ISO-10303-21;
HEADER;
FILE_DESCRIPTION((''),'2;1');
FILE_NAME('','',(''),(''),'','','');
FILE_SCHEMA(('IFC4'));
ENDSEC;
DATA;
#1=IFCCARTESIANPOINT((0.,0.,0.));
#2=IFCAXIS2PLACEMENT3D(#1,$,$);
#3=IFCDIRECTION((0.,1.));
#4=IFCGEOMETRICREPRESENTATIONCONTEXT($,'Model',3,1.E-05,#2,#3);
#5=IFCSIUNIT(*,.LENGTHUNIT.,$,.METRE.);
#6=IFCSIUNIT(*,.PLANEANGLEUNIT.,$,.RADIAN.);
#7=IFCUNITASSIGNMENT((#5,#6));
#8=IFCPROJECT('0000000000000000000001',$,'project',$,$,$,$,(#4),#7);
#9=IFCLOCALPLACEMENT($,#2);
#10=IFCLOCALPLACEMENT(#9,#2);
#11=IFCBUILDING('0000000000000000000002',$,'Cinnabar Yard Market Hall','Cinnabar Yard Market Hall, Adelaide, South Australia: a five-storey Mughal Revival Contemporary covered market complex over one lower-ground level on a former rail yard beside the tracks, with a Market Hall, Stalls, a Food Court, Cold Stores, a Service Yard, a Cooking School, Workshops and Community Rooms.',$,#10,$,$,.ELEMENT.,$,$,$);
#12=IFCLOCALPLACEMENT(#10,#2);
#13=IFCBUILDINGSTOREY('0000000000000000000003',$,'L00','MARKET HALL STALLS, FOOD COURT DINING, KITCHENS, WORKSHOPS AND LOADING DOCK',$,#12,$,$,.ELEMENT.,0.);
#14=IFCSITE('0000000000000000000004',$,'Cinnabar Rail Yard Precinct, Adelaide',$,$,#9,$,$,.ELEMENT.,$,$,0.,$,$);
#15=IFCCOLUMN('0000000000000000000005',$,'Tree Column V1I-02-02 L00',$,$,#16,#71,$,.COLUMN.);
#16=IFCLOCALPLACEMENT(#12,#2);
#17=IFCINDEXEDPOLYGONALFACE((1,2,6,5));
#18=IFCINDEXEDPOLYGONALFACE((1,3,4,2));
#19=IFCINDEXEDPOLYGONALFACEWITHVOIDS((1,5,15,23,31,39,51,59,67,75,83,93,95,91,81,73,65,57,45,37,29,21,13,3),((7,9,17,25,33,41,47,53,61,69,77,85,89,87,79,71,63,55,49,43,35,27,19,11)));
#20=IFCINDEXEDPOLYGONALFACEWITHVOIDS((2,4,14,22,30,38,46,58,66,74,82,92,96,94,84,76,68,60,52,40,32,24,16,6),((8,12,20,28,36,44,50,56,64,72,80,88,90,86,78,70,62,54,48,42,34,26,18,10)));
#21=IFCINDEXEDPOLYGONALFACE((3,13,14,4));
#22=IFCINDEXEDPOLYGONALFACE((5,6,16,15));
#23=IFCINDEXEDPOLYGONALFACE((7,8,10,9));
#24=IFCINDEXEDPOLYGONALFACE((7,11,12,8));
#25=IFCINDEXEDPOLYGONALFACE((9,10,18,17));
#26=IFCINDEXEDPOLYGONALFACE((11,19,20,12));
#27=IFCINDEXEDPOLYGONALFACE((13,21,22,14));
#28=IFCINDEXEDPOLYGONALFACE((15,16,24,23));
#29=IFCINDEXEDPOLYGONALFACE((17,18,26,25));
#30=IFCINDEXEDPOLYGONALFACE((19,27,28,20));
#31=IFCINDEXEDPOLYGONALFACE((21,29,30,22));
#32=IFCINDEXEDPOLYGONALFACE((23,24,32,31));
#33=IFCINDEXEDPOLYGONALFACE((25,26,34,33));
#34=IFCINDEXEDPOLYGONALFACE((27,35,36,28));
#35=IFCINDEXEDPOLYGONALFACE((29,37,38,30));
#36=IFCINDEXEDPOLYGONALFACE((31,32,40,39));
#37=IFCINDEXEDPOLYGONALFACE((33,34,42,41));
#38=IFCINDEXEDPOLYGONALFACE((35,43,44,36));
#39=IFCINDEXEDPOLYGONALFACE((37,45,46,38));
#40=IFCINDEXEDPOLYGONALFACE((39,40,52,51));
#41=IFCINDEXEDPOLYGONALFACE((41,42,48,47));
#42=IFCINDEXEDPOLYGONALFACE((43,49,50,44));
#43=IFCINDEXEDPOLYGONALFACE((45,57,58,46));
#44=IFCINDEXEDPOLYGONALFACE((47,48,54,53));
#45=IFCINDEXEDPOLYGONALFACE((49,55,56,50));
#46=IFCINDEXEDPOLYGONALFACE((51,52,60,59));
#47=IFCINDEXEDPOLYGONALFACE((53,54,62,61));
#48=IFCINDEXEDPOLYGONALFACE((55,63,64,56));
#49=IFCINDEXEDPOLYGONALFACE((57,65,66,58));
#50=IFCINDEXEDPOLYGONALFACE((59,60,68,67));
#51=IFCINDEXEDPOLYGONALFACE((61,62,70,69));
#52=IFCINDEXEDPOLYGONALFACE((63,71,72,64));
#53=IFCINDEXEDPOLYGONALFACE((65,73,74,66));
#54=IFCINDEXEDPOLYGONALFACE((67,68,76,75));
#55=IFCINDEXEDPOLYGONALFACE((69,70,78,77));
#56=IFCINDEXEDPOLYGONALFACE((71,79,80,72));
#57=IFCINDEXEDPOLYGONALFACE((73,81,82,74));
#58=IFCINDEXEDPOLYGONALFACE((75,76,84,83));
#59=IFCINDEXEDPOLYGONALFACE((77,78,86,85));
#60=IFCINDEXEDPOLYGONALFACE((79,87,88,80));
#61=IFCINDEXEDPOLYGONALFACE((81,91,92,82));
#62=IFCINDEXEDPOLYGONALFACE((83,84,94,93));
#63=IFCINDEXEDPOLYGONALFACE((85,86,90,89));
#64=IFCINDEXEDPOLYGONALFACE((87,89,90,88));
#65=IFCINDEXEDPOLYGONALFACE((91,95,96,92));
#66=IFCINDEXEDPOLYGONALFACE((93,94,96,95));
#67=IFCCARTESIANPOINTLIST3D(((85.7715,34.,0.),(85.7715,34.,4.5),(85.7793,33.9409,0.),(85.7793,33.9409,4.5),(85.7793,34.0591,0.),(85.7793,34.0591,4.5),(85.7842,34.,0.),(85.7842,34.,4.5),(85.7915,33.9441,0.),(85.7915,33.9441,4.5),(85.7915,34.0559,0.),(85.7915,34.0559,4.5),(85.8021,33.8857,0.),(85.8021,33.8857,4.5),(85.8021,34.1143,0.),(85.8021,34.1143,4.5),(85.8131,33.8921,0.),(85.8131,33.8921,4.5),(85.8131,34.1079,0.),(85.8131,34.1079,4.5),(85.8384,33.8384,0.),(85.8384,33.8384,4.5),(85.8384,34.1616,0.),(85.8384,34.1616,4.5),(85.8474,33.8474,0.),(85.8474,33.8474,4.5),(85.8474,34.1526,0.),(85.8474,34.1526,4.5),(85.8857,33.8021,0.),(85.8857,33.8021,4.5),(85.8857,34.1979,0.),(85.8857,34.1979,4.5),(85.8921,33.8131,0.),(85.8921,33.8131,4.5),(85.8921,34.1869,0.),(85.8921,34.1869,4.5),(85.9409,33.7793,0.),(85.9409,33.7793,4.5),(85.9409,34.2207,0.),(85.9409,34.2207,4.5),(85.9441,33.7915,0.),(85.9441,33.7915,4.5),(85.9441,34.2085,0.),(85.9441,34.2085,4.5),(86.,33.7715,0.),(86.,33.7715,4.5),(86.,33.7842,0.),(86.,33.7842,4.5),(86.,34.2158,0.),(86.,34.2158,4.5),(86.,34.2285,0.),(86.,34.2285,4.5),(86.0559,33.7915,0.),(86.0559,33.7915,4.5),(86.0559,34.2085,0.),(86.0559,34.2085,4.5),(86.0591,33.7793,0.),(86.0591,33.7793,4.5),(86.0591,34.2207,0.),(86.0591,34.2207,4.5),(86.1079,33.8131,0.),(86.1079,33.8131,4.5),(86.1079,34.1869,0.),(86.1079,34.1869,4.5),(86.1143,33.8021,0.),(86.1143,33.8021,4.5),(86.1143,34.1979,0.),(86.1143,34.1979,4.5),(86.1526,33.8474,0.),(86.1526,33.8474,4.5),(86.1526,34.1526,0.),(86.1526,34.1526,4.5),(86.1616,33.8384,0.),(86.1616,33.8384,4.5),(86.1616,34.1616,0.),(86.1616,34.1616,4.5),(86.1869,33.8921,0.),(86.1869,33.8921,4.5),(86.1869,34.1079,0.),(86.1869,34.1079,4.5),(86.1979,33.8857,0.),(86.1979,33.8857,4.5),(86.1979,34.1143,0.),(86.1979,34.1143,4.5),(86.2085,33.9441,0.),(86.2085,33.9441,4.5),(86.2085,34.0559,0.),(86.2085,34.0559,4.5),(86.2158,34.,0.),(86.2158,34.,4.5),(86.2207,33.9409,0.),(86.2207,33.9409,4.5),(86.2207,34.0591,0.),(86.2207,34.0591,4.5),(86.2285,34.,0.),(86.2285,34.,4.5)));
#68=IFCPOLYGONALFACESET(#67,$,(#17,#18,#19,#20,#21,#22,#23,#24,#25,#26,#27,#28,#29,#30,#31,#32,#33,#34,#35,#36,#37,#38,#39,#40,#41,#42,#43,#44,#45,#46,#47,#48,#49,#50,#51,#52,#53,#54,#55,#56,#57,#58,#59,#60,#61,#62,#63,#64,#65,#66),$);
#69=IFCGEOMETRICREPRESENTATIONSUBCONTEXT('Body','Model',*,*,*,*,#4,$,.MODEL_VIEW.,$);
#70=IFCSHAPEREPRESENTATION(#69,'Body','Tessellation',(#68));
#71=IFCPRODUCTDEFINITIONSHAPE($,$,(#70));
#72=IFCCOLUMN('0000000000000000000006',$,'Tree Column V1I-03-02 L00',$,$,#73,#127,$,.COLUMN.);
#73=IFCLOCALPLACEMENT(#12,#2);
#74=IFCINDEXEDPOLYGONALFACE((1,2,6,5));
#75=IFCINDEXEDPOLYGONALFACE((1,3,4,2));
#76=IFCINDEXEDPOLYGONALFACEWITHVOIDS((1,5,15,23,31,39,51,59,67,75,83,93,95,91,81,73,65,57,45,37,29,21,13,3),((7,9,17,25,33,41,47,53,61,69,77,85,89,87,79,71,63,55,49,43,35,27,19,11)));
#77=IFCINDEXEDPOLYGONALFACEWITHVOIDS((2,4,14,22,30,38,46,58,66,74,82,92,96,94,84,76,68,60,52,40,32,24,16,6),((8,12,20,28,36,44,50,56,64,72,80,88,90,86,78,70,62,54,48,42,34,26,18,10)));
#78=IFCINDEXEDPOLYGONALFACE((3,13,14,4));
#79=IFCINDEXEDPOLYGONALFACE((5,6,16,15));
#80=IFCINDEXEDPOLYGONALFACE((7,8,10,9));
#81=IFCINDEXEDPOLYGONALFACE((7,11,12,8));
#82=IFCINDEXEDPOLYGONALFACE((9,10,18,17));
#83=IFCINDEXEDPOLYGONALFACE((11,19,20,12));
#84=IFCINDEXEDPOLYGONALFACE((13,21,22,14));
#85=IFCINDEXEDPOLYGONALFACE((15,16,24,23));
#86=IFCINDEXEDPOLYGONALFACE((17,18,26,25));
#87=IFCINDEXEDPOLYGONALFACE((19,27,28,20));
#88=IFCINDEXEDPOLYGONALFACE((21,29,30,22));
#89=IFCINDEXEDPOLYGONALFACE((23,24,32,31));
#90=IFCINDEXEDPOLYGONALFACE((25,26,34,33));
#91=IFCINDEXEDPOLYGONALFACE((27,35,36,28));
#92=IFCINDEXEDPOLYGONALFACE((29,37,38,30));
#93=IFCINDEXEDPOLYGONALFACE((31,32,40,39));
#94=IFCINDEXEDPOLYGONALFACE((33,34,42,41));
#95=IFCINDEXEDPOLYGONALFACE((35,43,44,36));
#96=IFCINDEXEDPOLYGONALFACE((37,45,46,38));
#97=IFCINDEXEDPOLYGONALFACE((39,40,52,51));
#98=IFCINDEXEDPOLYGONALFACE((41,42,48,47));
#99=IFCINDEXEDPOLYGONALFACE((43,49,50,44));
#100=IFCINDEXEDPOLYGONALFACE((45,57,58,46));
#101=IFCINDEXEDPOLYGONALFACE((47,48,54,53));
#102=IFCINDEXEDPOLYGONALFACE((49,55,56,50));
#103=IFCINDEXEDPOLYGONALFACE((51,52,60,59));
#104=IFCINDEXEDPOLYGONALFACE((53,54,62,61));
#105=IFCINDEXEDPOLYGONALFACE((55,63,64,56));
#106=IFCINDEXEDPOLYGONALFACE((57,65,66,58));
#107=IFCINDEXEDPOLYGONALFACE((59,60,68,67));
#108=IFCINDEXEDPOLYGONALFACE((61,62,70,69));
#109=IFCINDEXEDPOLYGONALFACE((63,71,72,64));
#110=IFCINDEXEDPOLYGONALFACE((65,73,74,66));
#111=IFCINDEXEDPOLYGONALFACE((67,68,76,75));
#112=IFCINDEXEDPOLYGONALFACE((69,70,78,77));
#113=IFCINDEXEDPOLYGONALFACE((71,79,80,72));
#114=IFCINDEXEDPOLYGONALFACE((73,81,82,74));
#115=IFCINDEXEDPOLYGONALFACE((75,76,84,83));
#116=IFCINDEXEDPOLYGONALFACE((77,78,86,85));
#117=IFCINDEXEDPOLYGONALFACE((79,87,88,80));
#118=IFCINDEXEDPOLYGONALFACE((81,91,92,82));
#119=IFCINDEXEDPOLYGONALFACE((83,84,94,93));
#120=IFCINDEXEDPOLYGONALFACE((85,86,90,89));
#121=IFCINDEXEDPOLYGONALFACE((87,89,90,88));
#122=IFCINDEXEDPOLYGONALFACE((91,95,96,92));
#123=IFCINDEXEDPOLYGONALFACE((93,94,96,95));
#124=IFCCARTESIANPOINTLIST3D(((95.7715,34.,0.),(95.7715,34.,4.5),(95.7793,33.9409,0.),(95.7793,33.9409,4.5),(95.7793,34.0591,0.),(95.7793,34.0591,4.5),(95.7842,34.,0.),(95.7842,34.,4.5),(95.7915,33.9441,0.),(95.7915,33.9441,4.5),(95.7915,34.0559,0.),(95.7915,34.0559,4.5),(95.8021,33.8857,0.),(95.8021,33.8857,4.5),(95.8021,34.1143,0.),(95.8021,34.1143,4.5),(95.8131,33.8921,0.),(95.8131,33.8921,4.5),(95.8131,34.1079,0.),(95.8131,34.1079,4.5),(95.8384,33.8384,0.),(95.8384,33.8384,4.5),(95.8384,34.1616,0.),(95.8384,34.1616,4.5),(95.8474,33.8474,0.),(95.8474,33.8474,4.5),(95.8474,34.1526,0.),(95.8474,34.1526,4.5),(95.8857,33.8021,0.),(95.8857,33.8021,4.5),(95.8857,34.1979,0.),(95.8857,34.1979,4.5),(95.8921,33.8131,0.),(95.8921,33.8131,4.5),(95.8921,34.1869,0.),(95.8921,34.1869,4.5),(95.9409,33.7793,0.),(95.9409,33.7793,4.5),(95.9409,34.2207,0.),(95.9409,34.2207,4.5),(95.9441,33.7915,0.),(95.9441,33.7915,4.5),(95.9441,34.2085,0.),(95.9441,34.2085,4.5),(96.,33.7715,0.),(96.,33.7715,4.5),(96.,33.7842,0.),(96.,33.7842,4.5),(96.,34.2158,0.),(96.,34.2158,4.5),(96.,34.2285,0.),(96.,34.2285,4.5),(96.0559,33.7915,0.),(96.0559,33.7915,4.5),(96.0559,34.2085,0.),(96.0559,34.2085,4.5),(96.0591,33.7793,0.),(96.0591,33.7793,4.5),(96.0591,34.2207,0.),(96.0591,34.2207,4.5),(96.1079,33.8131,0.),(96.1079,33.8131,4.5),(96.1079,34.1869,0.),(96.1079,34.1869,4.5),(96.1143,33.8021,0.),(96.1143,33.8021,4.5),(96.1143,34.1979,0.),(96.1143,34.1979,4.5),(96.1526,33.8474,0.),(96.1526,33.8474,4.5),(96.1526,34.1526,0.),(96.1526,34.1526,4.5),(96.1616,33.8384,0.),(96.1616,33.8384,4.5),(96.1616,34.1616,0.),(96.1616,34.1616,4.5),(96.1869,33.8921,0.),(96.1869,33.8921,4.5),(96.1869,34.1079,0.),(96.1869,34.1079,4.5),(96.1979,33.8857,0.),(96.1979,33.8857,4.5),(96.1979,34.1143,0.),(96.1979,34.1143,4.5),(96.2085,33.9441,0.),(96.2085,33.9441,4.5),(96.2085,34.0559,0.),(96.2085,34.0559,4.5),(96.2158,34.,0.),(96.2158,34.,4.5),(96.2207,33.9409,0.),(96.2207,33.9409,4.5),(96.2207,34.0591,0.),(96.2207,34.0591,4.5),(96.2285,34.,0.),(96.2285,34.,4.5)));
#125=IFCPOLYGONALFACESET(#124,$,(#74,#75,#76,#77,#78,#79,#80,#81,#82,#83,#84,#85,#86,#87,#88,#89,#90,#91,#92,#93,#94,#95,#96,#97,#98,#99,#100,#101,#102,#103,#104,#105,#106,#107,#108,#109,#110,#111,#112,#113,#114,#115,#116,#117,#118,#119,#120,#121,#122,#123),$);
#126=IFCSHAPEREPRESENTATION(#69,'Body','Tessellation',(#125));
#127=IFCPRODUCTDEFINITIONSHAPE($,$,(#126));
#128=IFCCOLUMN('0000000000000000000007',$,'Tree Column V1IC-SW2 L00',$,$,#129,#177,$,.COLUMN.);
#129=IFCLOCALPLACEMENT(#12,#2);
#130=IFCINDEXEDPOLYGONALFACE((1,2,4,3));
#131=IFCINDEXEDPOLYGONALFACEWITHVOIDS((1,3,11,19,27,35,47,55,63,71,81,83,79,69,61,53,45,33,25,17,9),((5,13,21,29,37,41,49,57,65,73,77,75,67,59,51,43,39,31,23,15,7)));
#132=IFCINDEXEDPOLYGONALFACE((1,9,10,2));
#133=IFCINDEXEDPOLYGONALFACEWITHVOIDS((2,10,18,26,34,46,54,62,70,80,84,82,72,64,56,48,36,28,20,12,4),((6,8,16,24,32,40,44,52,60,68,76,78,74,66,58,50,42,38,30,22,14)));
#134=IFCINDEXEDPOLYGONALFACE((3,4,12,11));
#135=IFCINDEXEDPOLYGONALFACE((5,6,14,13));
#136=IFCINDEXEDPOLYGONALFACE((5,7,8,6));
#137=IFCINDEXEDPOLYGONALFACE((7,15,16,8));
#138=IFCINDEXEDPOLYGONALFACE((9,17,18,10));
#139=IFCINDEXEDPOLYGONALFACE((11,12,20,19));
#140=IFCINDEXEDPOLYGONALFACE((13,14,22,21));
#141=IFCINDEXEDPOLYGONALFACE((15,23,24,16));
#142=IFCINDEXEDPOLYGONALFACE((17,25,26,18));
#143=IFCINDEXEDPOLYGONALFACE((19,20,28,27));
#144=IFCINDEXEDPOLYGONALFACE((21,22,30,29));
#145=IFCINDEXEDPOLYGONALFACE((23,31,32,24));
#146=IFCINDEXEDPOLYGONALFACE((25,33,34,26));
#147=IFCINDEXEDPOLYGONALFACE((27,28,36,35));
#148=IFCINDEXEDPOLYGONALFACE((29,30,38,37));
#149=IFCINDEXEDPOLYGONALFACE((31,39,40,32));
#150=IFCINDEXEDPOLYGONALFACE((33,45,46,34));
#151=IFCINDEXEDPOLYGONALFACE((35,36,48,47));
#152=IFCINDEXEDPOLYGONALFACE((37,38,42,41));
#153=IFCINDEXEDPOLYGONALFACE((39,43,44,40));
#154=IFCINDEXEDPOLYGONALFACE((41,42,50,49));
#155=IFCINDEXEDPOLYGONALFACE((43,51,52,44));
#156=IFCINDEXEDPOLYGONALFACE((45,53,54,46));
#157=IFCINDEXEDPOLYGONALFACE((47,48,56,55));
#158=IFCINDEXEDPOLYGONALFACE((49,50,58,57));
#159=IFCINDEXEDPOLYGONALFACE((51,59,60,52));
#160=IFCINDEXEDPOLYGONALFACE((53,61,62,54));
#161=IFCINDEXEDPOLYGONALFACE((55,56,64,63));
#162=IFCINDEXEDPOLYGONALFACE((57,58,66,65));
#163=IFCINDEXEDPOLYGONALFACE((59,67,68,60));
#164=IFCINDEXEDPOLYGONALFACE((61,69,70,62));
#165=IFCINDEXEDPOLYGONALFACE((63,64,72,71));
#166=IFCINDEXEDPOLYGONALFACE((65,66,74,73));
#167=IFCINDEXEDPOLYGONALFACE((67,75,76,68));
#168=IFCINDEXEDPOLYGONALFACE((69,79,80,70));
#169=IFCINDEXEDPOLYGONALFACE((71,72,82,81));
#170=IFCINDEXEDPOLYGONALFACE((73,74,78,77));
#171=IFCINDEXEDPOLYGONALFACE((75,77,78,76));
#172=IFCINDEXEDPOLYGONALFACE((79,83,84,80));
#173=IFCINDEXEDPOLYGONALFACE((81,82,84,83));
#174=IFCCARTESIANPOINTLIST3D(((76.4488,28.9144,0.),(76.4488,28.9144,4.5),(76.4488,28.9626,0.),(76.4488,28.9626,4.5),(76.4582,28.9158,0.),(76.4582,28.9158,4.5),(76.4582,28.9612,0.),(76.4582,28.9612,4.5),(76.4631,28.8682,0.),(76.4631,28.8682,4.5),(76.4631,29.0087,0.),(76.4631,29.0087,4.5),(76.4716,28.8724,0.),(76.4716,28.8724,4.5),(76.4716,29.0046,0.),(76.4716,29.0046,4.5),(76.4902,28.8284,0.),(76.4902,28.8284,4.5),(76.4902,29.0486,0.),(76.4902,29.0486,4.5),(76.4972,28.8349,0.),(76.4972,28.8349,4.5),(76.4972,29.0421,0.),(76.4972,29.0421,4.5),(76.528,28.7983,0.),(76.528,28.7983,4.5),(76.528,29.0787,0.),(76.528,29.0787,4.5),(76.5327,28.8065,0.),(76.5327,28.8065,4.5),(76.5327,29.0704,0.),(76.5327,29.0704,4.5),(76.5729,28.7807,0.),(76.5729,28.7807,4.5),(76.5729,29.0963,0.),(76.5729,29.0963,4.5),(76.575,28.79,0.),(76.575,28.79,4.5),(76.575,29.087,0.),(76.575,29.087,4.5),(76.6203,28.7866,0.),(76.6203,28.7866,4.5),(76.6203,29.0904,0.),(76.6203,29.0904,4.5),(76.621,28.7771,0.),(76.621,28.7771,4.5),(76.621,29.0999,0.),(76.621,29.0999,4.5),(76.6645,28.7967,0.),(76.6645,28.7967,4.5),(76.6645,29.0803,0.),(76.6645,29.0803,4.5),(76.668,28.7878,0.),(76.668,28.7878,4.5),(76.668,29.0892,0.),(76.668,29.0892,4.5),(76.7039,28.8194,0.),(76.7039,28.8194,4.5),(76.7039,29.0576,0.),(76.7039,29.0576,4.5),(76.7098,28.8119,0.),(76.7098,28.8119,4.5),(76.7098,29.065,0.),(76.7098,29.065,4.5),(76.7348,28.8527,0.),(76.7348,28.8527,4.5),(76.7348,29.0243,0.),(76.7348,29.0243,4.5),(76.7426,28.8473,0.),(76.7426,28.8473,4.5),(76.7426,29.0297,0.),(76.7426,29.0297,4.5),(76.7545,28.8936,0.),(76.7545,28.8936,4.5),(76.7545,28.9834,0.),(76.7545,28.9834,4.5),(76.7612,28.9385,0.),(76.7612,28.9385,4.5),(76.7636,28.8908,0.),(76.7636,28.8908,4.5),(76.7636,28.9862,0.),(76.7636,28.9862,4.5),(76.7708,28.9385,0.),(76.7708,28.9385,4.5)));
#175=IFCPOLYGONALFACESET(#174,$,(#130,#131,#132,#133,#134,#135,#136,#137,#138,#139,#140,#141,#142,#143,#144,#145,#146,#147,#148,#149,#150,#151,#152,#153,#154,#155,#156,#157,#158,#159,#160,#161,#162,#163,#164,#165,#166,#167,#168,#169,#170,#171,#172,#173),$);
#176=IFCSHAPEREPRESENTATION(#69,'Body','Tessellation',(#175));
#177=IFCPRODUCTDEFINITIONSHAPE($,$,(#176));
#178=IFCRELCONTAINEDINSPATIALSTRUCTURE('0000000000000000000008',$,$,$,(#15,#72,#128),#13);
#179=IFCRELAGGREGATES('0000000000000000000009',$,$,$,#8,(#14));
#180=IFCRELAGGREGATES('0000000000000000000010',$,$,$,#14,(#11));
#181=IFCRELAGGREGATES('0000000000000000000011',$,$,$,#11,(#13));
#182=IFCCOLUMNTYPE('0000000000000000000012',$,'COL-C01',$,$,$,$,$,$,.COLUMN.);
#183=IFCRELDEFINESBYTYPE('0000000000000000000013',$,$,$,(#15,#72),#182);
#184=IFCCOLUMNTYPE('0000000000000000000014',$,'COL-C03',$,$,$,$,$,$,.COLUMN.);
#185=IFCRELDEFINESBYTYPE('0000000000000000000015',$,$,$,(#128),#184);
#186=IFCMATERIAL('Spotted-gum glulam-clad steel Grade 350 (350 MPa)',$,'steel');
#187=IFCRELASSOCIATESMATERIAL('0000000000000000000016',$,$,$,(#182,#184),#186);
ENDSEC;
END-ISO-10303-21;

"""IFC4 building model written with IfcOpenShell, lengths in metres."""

from ifc_helpers import new_model, si_unit, direction, frame, origin, origin_2d_with_axis, place, context, subcontext, project, spatial, hollow_circle, extrude, material, material_profile, profile_set, type_object, element, save


model = new_model("IFC4")

# Units and contexts
model_context = context("Model", 3, precision=1e-05, world=origin(), true_north=direction((0.0, 1.0)))
body_context = subcontext(model_context, "Body", "Model", "MODEL_VIEW")
ifc_project = project(units=[si_unit("LENGTHUNIT", "METRE"), si_unit("PLANEANGLEUNIT", "RADIAN")], contexts=[model_context])

# Site, building, storey
site_placement = place(None, origin())
site = spatial("IfcSite", under=ifc_project, at=site_placement, Name="Cinnabar Rail Yard Precinct, Adelaide", CompositionType="ELEMENT", RefElevation=0.0)
building_placement = place(site_placement, origin())
building = spatial("IfcBuilding", under=site, at=building_placement, Name="Cinnabar Yard Market Hall", Description="Cinnabar Yard Market Hall, Adelaide, South Australia: a five-storey Mughal Revival Contemporary covered market complex over one lower-ground level on a former rail yard beside the tracks, with a Market Hall, Stalls, a Food Court, Cold Stores, a Service Yard, a Cooking School, Workshops and Community Rooms.", CompositionType="ELEMENT")
storey_placement = place(building_placement, origin())
storey = spatial("IfcBuildingStorey", under=building, at=storey_placement, Name="L00", Description="MARKET HALL STALLS, FOOD COURT DINING, KITCHENS, WORKSHOPS AND LOADING DOCK", CompositionType="ELEMENT", Elevation=0.0)

# Columns
ifc_material_1 = material(Name="Spotted-gum glulam-clad steel Grade 350 (350 MPa)", Category="steel")
ifc_material_profile_1 = material_profile(ifc_material_1, hollow_circle(Radius=0.2285, WallThickness=0.0127, at=origin_2d_with_axis()), Name="457.0x12.7CHS")
ifc_profile_set_1 = profile_set([ifc_material_profile_1], Name="Spotted-gum glulam-clad steel Grade 350 (350 MPa)")
column_type_1 = type_object("IfcColumnType", Name="COL-C01", PredefinedType="COLUMN", material=ifc_profile_set_1)
for number, where, z_axis, x_axis, name in (
    (1, (86.0, 34.0, 0.0), (0.0, 0.0, 1.0), (1.0, 0.0, 0.0), "Tree Column V1I-02-02 L00"),
    (2, (96.0, 34.0, 0.0), (0.0, 0.0, 1.0), (1.0, 0.0, 0.0), "Tree Column V1I-03-02 L00"),
):
    element("IfcColumn", number, at=place(storey_placement, frame(where, z_axis=z_axis, x_axis=x_axis)), inside=storey, type_object=column_type_1, Name=name, PredefinedType="COLUMN", context=body_context, shape_type="SweptSolid", body=[
        extrude(hollow_circle(Radius=0.2285, WallThickness=0.0127, at=origin_2d_with_axis()), origin(), (0.0, 0.0, 1.0), 4.5),
    ])
ifc_material_profile_2 = material_profile(ifc_material_1, hollow_circle(Radius=0.1619, WallThickness=0.0095, at=origin_2d_with_axis()), Name="323.9x9.5CHS")
ifc_profile_set_2 = profile_set([ifc_material_profile_2], Name="Spotted-gum glulam-clad steel Grade 350 (350 MPa)")
column_type_2 = type_object("IfcColumnType", Name="COL-C03", PredefinedType="COLUMN", material=ifc_profile_set_2)
for number, where, z_axis, x_axis, name in (
    (3, (76.6089, 28.9385, 0.0), (0.0, 0.0, 1.0), (1.0, 0.0, 0.0), "Tree Column V1IC-SW2 L00"),
):
    element("IfcColumn", number, at=place(storey_placement, frame(where, z_axis=z_axis, x_axis=x_axis)), inside=storey, type_object=column_type_2, Name=name, PredefinedType="COLUMN", context=body_context, shape_type="SweptSolid", body=[
        extrude(hollow_circle(Radius=0.1619, WallThickness=0.0095, at=origin_2d_with_axis()), origin(), (0.0, 0.0, 1.0), 4.5),
    ])

save(model, "model.ifc")
